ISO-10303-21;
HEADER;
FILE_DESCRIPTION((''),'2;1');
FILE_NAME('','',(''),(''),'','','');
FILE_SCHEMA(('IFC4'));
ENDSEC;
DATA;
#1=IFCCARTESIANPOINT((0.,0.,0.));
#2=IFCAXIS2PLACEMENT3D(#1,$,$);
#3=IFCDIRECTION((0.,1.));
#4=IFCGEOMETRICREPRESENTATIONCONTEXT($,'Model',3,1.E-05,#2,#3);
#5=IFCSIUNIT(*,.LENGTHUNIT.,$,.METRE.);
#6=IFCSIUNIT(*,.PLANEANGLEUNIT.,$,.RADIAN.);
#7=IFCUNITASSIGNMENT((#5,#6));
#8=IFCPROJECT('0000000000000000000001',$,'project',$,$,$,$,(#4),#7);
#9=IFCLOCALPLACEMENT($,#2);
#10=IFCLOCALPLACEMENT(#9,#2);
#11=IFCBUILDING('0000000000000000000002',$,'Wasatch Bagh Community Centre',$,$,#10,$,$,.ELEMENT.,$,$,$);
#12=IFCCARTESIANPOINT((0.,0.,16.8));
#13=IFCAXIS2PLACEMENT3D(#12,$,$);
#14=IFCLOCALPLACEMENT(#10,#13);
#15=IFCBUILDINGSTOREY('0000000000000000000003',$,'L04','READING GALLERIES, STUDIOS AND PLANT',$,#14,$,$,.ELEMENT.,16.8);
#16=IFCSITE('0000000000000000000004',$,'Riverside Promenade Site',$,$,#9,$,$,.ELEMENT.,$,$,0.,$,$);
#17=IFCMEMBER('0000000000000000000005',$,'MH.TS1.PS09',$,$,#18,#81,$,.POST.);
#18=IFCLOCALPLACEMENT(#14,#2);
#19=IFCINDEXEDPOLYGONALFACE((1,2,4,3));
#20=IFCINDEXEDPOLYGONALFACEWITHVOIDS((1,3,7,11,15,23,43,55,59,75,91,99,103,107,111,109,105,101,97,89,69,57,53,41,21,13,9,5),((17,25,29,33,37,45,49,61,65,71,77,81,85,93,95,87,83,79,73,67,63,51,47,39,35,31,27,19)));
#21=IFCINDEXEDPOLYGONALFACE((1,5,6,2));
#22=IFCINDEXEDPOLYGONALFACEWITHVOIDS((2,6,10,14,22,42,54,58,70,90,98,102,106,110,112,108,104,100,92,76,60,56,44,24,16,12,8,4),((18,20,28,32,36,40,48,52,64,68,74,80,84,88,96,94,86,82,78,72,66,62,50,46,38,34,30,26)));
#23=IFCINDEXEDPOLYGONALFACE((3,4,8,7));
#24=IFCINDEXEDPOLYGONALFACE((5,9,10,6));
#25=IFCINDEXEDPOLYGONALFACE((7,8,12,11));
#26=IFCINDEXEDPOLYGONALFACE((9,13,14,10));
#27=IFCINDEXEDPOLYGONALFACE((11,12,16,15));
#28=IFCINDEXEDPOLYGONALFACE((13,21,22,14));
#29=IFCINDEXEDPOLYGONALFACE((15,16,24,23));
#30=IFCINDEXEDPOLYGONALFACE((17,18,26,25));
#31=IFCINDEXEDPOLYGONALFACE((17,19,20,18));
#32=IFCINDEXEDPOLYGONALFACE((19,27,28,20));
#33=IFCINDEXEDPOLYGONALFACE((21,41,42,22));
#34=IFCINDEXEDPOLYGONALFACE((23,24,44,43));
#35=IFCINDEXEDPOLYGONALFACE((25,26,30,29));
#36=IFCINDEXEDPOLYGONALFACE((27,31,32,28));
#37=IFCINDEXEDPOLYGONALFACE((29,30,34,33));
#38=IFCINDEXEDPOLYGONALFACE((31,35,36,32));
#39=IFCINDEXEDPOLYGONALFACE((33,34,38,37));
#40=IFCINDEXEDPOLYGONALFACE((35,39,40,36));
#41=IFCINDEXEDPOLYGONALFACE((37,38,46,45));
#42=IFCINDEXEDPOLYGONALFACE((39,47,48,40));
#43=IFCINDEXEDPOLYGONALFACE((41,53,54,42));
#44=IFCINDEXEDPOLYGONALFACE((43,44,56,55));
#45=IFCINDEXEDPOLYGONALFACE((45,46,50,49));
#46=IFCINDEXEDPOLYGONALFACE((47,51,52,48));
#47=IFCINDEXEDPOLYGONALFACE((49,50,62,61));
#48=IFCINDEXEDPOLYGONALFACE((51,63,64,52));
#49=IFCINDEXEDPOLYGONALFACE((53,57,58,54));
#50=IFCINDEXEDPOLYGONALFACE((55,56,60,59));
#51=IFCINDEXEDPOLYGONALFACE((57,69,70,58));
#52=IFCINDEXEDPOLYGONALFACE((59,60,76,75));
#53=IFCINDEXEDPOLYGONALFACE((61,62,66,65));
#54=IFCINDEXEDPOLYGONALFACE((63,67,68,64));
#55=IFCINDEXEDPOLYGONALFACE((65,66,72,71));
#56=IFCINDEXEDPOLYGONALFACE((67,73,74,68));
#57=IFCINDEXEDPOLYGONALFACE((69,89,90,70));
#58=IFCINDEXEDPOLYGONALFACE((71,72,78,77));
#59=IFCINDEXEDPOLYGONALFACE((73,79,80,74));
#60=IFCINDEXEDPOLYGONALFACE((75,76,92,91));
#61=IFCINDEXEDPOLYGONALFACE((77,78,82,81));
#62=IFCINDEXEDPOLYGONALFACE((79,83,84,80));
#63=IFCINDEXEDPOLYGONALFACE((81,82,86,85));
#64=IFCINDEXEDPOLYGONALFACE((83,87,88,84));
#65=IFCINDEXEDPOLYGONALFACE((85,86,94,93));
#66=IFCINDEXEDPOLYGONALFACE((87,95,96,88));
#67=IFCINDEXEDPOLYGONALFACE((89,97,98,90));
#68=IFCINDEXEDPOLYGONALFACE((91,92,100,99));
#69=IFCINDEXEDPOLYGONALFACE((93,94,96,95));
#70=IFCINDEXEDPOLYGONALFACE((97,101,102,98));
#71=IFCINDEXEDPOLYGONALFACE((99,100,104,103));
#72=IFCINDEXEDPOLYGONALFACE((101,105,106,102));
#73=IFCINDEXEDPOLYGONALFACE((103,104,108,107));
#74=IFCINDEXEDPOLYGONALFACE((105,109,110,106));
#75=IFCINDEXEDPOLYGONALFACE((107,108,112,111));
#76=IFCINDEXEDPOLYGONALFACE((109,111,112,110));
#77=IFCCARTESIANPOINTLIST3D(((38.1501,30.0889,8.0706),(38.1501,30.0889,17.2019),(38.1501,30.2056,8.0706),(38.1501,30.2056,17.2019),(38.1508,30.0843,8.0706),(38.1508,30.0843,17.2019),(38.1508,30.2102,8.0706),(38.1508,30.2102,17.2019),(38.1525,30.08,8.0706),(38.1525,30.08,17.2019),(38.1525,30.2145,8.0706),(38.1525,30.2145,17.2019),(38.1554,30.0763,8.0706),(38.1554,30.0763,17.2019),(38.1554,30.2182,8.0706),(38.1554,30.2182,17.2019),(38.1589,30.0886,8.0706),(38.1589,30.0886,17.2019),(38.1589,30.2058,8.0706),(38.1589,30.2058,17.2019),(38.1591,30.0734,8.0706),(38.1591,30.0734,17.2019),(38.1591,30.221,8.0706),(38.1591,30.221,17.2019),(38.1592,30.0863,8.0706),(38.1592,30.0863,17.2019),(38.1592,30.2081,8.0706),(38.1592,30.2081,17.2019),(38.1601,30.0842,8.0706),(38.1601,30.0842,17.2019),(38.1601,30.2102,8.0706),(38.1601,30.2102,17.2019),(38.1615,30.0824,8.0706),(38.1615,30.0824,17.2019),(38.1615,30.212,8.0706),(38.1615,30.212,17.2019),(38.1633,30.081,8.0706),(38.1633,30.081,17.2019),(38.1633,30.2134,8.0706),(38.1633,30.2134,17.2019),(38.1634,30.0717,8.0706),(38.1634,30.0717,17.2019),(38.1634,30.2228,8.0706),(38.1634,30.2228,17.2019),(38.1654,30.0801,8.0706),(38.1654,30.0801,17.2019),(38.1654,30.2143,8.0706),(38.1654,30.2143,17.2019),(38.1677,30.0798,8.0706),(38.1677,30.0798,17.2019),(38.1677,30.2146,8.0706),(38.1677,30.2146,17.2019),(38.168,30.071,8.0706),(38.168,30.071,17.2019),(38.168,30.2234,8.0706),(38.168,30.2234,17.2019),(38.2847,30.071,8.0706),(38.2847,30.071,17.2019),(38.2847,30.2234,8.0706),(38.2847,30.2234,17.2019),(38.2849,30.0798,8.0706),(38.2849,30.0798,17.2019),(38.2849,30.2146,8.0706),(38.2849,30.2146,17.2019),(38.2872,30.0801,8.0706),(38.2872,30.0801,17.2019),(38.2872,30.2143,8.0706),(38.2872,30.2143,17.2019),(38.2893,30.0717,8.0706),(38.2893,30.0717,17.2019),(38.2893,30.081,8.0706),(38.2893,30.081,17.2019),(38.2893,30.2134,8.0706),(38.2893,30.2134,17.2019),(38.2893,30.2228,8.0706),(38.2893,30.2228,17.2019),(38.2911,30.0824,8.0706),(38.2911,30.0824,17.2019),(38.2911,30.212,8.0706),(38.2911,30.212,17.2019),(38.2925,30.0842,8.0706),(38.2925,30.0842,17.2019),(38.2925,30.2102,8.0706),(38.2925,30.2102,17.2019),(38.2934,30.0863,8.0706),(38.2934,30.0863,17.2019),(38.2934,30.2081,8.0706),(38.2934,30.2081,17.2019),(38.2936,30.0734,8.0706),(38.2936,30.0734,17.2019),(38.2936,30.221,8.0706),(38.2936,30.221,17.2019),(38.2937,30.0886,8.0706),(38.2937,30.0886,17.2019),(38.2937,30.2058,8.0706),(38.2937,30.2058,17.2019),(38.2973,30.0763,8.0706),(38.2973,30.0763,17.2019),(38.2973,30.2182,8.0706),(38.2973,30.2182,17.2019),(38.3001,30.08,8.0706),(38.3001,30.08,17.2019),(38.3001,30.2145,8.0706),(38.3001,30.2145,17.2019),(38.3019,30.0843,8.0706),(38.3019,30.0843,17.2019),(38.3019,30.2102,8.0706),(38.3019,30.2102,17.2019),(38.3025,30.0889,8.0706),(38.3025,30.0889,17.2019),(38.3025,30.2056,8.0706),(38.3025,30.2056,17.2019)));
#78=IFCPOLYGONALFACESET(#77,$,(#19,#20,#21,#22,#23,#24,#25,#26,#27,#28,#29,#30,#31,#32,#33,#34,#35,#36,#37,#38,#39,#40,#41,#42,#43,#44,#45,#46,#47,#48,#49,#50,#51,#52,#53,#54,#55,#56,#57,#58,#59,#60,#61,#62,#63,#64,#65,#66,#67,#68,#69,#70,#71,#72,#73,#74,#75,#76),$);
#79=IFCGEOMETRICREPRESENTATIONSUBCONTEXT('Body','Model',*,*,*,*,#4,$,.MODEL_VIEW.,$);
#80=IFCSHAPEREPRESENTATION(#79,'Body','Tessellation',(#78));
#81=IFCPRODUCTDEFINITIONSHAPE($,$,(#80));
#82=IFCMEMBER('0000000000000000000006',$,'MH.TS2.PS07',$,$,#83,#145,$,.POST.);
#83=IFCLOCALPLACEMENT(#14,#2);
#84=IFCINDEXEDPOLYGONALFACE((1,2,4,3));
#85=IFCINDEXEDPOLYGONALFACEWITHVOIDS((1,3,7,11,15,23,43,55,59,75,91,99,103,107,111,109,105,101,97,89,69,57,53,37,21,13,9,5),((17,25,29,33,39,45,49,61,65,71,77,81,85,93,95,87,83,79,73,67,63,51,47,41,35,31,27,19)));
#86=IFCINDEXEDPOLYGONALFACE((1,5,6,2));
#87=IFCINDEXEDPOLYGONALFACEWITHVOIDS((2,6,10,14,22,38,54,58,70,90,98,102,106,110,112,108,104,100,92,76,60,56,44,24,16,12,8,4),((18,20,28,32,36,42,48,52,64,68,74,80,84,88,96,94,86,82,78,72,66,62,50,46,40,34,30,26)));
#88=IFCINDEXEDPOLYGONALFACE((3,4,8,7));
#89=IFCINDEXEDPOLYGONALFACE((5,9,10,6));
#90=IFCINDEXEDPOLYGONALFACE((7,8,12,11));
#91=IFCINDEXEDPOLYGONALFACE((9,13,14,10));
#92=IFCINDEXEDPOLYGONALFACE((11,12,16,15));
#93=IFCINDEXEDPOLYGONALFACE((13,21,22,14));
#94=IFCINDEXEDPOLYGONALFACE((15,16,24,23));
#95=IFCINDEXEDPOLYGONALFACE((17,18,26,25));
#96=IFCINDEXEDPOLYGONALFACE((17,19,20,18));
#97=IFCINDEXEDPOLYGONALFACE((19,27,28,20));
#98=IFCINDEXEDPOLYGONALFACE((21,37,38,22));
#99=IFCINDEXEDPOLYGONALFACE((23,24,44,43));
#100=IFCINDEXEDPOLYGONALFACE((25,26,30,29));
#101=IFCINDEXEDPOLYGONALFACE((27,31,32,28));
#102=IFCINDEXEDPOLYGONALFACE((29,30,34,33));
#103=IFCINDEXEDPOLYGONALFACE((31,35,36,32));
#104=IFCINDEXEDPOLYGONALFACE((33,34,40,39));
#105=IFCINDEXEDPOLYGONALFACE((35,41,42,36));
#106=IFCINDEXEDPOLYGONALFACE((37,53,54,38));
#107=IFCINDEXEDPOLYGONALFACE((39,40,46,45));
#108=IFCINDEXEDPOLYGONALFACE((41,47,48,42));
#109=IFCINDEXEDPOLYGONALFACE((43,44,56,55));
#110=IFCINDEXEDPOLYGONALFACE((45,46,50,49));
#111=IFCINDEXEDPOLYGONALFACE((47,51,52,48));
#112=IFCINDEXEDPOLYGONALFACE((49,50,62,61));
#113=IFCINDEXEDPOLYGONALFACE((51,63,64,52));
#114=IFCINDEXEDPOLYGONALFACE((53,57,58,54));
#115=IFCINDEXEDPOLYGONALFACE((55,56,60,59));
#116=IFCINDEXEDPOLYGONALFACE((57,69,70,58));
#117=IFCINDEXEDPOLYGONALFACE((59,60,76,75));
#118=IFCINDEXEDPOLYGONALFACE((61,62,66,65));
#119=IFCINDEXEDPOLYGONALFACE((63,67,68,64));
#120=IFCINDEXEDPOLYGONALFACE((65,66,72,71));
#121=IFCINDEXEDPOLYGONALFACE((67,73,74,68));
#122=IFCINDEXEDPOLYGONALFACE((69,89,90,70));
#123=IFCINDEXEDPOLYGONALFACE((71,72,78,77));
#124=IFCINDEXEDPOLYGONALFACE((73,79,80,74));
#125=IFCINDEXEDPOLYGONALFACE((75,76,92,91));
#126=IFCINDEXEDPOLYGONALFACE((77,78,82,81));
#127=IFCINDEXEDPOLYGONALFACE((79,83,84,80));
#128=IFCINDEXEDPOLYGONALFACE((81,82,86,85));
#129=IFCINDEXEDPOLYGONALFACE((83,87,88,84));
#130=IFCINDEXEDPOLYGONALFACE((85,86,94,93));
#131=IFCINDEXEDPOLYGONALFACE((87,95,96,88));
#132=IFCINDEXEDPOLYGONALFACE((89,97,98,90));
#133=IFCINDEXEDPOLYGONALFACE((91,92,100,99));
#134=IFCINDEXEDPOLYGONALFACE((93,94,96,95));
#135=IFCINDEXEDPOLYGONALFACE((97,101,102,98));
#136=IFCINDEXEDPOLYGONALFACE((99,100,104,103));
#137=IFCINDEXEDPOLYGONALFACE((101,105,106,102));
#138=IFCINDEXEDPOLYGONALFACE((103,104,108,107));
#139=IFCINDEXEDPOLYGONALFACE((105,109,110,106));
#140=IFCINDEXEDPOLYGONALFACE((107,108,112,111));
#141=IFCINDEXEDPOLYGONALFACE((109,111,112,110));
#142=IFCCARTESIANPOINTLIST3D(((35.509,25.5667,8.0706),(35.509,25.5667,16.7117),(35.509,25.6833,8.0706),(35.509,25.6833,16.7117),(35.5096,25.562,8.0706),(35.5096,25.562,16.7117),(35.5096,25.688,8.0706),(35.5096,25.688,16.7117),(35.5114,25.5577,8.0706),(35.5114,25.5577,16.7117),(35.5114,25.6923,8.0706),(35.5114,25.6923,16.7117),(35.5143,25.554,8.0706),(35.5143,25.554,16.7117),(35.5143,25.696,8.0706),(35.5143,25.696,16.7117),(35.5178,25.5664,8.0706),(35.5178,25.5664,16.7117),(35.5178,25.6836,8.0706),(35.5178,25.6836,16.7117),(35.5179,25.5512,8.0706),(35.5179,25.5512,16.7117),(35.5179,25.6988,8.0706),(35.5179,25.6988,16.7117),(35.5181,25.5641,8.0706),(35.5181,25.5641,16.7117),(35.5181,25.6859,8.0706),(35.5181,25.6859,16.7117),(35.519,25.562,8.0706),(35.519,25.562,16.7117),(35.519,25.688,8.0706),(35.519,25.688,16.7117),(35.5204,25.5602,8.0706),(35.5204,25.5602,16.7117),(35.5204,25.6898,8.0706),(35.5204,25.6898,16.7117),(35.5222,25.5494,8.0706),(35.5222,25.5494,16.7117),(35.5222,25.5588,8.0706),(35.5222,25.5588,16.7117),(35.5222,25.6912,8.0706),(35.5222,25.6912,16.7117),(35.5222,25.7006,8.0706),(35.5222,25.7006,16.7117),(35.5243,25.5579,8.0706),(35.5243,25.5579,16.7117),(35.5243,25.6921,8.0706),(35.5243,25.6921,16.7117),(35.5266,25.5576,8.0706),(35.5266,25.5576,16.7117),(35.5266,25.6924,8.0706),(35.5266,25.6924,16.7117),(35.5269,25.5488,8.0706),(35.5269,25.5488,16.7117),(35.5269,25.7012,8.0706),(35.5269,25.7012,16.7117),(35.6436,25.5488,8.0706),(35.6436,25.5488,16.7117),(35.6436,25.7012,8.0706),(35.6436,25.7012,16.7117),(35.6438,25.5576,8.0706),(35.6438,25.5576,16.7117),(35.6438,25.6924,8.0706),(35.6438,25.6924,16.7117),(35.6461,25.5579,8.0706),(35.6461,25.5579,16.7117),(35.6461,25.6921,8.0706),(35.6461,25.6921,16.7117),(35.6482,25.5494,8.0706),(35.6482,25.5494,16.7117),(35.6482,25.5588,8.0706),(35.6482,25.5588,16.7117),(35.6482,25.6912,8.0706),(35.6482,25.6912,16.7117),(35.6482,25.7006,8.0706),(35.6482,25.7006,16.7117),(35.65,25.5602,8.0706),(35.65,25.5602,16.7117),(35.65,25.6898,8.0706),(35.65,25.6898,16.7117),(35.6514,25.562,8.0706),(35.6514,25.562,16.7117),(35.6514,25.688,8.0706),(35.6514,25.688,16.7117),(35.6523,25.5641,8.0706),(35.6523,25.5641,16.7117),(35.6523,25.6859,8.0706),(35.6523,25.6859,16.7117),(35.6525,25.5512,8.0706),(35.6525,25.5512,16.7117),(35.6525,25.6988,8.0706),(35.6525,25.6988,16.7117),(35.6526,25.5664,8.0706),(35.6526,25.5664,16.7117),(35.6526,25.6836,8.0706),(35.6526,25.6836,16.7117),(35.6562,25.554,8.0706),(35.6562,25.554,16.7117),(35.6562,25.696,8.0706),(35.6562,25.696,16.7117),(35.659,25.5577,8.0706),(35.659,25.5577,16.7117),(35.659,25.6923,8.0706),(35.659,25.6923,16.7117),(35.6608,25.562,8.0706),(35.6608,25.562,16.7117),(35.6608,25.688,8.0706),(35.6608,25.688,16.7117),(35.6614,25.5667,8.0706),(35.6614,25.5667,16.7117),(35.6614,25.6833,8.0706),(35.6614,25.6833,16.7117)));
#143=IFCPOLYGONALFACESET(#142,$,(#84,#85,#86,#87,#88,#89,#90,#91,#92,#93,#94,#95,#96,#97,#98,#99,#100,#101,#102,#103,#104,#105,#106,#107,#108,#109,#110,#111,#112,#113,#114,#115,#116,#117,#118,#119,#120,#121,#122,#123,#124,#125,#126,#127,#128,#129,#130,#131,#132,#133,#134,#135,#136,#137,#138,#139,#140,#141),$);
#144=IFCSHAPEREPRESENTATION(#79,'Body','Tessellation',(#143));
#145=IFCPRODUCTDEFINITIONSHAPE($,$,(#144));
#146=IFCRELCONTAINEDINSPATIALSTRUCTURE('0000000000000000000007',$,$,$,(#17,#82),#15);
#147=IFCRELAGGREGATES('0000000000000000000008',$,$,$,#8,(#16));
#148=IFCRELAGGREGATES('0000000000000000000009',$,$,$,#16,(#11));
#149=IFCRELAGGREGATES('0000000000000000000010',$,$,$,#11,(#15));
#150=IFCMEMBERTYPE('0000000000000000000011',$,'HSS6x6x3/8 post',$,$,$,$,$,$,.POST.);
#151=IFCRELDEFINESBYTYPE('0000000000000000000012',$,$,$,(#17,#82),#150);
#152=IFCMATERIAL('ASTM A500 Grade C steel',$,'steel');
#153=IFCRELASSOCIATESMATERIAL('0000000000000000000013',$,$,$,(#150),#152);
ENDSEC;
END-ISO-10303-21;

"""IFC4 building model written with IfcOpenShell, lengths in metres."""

from ifc_helpers import new_model, si_unit, direction, frame, origin, origin_2d, place, context, subcontext, project, spatial, hollow_rectangle, extrude, material, material_profile, profile_set, type_object, element, save


model = new_model("IFC4")

# Units and contexts
model_context = context("Model", 3, precision=1e-05, world=origin(), true_north=direction((0.0, 1.0)))
body_context = subcontext(model_context, "Body", "Model", "MODEL_VIEW")
ifc_project = project(units=[si_unit("LENGTHUNIT", "METRE"), si_unit("PLANEANGLEUNIT", "RADIAN")], contexts=[model_context])

# Site, building, storey
site_placement = place(None, origin())
site = spatial("IfcSite", under=ifc_project, at=site_placement, Name="Riverside Promenade Site", CompositionType="ELEMENT", RefElevation=0.0)
building_placement = place(site_placement, origin())
building = spatial("IfcBuilding", under=site, at=building_placement, Name="Wasatch Bagh Community Centre", CompositionType="ELEMENT")
storey_placement = place(building_placement, frame((0.0, 0.0, 16.8)))
storey = spatial("IfcBuildingStorey", under=building, at=storey_placement, Name="L04", Description="READING GALLERIES, STUDIOS AND PLANT", CompositionType="ELEMENT", Elevation=16.8)

# Members
ifc_material_1 = material(Name="ASTM A500 Grade C steel", Category="steel")
ifc_material_profile_1 = material_profile(ifc_material_1, hollow_rectangle(XDim=0.1523, YDim=0.1523, WallThickness=0.0088, InnerFilletRadius=0.0088, OuterFilletRadius=0.0178, at=origin_2d()), Name="HSS6x6x3/8")
ifc_profile_set_1 = profile_set([ifc_material_profile_1], Name="ASTM A500 Grade C steel")
member_type_1 = type_object("IfcMemberType", Name="HSS6x6x3/8 post", PredefinedType="POST", material=ifc_profile_set_1)
member_1_placement = place(storey_placement, frame((38.2263, 30.1472, 8.0706), z_axis=(0.0, 0.0, 1.0), x_axis=(1.0, 0.0, 0.0)))
element("IfcMember", 1, at=member_1_placement, inside=storey, type_object=member_type_1, Name="MH.TS1.PS09", PredefinedType="POST", context=body_context, shape_type="SweptSolid", body=[
    extrude(hollow_rectangle(XDim=0.1523, YDim=0.1523, WallThickness=0.0088, InnerFilletRadius=0.0088, OuterFilletRadius=0.0178, at=origin_2d()), origin(), (0.0, 0.0, 1.0), 9.1313),
])
member_2_placement = place(storey_placement, frame((35.5852, 25.625, 8.0706), z_axis=(0.0, 0.0, 1.0), x_axis=(1.0, 0.0, 0.0)))
element("IfcMember", 2, at=member_2_placement, inside=storey, type_object=member_type_1, Name="MH.TS2.PS07", PredefinedType="POST", context=body_context, shape_type="SweptSolid", body=[
    extrude(hollow_rectangle(XDim=0.1523, YDim=0.1523, WallThickness=0.0088, InnerFilletRadius=0.0088, OuterFilletRadius=0.0178, at=origin_2d()), origin(), (0.0, 0.0, 1.0), 8.6411),
])

save(model, "model.ifc")
